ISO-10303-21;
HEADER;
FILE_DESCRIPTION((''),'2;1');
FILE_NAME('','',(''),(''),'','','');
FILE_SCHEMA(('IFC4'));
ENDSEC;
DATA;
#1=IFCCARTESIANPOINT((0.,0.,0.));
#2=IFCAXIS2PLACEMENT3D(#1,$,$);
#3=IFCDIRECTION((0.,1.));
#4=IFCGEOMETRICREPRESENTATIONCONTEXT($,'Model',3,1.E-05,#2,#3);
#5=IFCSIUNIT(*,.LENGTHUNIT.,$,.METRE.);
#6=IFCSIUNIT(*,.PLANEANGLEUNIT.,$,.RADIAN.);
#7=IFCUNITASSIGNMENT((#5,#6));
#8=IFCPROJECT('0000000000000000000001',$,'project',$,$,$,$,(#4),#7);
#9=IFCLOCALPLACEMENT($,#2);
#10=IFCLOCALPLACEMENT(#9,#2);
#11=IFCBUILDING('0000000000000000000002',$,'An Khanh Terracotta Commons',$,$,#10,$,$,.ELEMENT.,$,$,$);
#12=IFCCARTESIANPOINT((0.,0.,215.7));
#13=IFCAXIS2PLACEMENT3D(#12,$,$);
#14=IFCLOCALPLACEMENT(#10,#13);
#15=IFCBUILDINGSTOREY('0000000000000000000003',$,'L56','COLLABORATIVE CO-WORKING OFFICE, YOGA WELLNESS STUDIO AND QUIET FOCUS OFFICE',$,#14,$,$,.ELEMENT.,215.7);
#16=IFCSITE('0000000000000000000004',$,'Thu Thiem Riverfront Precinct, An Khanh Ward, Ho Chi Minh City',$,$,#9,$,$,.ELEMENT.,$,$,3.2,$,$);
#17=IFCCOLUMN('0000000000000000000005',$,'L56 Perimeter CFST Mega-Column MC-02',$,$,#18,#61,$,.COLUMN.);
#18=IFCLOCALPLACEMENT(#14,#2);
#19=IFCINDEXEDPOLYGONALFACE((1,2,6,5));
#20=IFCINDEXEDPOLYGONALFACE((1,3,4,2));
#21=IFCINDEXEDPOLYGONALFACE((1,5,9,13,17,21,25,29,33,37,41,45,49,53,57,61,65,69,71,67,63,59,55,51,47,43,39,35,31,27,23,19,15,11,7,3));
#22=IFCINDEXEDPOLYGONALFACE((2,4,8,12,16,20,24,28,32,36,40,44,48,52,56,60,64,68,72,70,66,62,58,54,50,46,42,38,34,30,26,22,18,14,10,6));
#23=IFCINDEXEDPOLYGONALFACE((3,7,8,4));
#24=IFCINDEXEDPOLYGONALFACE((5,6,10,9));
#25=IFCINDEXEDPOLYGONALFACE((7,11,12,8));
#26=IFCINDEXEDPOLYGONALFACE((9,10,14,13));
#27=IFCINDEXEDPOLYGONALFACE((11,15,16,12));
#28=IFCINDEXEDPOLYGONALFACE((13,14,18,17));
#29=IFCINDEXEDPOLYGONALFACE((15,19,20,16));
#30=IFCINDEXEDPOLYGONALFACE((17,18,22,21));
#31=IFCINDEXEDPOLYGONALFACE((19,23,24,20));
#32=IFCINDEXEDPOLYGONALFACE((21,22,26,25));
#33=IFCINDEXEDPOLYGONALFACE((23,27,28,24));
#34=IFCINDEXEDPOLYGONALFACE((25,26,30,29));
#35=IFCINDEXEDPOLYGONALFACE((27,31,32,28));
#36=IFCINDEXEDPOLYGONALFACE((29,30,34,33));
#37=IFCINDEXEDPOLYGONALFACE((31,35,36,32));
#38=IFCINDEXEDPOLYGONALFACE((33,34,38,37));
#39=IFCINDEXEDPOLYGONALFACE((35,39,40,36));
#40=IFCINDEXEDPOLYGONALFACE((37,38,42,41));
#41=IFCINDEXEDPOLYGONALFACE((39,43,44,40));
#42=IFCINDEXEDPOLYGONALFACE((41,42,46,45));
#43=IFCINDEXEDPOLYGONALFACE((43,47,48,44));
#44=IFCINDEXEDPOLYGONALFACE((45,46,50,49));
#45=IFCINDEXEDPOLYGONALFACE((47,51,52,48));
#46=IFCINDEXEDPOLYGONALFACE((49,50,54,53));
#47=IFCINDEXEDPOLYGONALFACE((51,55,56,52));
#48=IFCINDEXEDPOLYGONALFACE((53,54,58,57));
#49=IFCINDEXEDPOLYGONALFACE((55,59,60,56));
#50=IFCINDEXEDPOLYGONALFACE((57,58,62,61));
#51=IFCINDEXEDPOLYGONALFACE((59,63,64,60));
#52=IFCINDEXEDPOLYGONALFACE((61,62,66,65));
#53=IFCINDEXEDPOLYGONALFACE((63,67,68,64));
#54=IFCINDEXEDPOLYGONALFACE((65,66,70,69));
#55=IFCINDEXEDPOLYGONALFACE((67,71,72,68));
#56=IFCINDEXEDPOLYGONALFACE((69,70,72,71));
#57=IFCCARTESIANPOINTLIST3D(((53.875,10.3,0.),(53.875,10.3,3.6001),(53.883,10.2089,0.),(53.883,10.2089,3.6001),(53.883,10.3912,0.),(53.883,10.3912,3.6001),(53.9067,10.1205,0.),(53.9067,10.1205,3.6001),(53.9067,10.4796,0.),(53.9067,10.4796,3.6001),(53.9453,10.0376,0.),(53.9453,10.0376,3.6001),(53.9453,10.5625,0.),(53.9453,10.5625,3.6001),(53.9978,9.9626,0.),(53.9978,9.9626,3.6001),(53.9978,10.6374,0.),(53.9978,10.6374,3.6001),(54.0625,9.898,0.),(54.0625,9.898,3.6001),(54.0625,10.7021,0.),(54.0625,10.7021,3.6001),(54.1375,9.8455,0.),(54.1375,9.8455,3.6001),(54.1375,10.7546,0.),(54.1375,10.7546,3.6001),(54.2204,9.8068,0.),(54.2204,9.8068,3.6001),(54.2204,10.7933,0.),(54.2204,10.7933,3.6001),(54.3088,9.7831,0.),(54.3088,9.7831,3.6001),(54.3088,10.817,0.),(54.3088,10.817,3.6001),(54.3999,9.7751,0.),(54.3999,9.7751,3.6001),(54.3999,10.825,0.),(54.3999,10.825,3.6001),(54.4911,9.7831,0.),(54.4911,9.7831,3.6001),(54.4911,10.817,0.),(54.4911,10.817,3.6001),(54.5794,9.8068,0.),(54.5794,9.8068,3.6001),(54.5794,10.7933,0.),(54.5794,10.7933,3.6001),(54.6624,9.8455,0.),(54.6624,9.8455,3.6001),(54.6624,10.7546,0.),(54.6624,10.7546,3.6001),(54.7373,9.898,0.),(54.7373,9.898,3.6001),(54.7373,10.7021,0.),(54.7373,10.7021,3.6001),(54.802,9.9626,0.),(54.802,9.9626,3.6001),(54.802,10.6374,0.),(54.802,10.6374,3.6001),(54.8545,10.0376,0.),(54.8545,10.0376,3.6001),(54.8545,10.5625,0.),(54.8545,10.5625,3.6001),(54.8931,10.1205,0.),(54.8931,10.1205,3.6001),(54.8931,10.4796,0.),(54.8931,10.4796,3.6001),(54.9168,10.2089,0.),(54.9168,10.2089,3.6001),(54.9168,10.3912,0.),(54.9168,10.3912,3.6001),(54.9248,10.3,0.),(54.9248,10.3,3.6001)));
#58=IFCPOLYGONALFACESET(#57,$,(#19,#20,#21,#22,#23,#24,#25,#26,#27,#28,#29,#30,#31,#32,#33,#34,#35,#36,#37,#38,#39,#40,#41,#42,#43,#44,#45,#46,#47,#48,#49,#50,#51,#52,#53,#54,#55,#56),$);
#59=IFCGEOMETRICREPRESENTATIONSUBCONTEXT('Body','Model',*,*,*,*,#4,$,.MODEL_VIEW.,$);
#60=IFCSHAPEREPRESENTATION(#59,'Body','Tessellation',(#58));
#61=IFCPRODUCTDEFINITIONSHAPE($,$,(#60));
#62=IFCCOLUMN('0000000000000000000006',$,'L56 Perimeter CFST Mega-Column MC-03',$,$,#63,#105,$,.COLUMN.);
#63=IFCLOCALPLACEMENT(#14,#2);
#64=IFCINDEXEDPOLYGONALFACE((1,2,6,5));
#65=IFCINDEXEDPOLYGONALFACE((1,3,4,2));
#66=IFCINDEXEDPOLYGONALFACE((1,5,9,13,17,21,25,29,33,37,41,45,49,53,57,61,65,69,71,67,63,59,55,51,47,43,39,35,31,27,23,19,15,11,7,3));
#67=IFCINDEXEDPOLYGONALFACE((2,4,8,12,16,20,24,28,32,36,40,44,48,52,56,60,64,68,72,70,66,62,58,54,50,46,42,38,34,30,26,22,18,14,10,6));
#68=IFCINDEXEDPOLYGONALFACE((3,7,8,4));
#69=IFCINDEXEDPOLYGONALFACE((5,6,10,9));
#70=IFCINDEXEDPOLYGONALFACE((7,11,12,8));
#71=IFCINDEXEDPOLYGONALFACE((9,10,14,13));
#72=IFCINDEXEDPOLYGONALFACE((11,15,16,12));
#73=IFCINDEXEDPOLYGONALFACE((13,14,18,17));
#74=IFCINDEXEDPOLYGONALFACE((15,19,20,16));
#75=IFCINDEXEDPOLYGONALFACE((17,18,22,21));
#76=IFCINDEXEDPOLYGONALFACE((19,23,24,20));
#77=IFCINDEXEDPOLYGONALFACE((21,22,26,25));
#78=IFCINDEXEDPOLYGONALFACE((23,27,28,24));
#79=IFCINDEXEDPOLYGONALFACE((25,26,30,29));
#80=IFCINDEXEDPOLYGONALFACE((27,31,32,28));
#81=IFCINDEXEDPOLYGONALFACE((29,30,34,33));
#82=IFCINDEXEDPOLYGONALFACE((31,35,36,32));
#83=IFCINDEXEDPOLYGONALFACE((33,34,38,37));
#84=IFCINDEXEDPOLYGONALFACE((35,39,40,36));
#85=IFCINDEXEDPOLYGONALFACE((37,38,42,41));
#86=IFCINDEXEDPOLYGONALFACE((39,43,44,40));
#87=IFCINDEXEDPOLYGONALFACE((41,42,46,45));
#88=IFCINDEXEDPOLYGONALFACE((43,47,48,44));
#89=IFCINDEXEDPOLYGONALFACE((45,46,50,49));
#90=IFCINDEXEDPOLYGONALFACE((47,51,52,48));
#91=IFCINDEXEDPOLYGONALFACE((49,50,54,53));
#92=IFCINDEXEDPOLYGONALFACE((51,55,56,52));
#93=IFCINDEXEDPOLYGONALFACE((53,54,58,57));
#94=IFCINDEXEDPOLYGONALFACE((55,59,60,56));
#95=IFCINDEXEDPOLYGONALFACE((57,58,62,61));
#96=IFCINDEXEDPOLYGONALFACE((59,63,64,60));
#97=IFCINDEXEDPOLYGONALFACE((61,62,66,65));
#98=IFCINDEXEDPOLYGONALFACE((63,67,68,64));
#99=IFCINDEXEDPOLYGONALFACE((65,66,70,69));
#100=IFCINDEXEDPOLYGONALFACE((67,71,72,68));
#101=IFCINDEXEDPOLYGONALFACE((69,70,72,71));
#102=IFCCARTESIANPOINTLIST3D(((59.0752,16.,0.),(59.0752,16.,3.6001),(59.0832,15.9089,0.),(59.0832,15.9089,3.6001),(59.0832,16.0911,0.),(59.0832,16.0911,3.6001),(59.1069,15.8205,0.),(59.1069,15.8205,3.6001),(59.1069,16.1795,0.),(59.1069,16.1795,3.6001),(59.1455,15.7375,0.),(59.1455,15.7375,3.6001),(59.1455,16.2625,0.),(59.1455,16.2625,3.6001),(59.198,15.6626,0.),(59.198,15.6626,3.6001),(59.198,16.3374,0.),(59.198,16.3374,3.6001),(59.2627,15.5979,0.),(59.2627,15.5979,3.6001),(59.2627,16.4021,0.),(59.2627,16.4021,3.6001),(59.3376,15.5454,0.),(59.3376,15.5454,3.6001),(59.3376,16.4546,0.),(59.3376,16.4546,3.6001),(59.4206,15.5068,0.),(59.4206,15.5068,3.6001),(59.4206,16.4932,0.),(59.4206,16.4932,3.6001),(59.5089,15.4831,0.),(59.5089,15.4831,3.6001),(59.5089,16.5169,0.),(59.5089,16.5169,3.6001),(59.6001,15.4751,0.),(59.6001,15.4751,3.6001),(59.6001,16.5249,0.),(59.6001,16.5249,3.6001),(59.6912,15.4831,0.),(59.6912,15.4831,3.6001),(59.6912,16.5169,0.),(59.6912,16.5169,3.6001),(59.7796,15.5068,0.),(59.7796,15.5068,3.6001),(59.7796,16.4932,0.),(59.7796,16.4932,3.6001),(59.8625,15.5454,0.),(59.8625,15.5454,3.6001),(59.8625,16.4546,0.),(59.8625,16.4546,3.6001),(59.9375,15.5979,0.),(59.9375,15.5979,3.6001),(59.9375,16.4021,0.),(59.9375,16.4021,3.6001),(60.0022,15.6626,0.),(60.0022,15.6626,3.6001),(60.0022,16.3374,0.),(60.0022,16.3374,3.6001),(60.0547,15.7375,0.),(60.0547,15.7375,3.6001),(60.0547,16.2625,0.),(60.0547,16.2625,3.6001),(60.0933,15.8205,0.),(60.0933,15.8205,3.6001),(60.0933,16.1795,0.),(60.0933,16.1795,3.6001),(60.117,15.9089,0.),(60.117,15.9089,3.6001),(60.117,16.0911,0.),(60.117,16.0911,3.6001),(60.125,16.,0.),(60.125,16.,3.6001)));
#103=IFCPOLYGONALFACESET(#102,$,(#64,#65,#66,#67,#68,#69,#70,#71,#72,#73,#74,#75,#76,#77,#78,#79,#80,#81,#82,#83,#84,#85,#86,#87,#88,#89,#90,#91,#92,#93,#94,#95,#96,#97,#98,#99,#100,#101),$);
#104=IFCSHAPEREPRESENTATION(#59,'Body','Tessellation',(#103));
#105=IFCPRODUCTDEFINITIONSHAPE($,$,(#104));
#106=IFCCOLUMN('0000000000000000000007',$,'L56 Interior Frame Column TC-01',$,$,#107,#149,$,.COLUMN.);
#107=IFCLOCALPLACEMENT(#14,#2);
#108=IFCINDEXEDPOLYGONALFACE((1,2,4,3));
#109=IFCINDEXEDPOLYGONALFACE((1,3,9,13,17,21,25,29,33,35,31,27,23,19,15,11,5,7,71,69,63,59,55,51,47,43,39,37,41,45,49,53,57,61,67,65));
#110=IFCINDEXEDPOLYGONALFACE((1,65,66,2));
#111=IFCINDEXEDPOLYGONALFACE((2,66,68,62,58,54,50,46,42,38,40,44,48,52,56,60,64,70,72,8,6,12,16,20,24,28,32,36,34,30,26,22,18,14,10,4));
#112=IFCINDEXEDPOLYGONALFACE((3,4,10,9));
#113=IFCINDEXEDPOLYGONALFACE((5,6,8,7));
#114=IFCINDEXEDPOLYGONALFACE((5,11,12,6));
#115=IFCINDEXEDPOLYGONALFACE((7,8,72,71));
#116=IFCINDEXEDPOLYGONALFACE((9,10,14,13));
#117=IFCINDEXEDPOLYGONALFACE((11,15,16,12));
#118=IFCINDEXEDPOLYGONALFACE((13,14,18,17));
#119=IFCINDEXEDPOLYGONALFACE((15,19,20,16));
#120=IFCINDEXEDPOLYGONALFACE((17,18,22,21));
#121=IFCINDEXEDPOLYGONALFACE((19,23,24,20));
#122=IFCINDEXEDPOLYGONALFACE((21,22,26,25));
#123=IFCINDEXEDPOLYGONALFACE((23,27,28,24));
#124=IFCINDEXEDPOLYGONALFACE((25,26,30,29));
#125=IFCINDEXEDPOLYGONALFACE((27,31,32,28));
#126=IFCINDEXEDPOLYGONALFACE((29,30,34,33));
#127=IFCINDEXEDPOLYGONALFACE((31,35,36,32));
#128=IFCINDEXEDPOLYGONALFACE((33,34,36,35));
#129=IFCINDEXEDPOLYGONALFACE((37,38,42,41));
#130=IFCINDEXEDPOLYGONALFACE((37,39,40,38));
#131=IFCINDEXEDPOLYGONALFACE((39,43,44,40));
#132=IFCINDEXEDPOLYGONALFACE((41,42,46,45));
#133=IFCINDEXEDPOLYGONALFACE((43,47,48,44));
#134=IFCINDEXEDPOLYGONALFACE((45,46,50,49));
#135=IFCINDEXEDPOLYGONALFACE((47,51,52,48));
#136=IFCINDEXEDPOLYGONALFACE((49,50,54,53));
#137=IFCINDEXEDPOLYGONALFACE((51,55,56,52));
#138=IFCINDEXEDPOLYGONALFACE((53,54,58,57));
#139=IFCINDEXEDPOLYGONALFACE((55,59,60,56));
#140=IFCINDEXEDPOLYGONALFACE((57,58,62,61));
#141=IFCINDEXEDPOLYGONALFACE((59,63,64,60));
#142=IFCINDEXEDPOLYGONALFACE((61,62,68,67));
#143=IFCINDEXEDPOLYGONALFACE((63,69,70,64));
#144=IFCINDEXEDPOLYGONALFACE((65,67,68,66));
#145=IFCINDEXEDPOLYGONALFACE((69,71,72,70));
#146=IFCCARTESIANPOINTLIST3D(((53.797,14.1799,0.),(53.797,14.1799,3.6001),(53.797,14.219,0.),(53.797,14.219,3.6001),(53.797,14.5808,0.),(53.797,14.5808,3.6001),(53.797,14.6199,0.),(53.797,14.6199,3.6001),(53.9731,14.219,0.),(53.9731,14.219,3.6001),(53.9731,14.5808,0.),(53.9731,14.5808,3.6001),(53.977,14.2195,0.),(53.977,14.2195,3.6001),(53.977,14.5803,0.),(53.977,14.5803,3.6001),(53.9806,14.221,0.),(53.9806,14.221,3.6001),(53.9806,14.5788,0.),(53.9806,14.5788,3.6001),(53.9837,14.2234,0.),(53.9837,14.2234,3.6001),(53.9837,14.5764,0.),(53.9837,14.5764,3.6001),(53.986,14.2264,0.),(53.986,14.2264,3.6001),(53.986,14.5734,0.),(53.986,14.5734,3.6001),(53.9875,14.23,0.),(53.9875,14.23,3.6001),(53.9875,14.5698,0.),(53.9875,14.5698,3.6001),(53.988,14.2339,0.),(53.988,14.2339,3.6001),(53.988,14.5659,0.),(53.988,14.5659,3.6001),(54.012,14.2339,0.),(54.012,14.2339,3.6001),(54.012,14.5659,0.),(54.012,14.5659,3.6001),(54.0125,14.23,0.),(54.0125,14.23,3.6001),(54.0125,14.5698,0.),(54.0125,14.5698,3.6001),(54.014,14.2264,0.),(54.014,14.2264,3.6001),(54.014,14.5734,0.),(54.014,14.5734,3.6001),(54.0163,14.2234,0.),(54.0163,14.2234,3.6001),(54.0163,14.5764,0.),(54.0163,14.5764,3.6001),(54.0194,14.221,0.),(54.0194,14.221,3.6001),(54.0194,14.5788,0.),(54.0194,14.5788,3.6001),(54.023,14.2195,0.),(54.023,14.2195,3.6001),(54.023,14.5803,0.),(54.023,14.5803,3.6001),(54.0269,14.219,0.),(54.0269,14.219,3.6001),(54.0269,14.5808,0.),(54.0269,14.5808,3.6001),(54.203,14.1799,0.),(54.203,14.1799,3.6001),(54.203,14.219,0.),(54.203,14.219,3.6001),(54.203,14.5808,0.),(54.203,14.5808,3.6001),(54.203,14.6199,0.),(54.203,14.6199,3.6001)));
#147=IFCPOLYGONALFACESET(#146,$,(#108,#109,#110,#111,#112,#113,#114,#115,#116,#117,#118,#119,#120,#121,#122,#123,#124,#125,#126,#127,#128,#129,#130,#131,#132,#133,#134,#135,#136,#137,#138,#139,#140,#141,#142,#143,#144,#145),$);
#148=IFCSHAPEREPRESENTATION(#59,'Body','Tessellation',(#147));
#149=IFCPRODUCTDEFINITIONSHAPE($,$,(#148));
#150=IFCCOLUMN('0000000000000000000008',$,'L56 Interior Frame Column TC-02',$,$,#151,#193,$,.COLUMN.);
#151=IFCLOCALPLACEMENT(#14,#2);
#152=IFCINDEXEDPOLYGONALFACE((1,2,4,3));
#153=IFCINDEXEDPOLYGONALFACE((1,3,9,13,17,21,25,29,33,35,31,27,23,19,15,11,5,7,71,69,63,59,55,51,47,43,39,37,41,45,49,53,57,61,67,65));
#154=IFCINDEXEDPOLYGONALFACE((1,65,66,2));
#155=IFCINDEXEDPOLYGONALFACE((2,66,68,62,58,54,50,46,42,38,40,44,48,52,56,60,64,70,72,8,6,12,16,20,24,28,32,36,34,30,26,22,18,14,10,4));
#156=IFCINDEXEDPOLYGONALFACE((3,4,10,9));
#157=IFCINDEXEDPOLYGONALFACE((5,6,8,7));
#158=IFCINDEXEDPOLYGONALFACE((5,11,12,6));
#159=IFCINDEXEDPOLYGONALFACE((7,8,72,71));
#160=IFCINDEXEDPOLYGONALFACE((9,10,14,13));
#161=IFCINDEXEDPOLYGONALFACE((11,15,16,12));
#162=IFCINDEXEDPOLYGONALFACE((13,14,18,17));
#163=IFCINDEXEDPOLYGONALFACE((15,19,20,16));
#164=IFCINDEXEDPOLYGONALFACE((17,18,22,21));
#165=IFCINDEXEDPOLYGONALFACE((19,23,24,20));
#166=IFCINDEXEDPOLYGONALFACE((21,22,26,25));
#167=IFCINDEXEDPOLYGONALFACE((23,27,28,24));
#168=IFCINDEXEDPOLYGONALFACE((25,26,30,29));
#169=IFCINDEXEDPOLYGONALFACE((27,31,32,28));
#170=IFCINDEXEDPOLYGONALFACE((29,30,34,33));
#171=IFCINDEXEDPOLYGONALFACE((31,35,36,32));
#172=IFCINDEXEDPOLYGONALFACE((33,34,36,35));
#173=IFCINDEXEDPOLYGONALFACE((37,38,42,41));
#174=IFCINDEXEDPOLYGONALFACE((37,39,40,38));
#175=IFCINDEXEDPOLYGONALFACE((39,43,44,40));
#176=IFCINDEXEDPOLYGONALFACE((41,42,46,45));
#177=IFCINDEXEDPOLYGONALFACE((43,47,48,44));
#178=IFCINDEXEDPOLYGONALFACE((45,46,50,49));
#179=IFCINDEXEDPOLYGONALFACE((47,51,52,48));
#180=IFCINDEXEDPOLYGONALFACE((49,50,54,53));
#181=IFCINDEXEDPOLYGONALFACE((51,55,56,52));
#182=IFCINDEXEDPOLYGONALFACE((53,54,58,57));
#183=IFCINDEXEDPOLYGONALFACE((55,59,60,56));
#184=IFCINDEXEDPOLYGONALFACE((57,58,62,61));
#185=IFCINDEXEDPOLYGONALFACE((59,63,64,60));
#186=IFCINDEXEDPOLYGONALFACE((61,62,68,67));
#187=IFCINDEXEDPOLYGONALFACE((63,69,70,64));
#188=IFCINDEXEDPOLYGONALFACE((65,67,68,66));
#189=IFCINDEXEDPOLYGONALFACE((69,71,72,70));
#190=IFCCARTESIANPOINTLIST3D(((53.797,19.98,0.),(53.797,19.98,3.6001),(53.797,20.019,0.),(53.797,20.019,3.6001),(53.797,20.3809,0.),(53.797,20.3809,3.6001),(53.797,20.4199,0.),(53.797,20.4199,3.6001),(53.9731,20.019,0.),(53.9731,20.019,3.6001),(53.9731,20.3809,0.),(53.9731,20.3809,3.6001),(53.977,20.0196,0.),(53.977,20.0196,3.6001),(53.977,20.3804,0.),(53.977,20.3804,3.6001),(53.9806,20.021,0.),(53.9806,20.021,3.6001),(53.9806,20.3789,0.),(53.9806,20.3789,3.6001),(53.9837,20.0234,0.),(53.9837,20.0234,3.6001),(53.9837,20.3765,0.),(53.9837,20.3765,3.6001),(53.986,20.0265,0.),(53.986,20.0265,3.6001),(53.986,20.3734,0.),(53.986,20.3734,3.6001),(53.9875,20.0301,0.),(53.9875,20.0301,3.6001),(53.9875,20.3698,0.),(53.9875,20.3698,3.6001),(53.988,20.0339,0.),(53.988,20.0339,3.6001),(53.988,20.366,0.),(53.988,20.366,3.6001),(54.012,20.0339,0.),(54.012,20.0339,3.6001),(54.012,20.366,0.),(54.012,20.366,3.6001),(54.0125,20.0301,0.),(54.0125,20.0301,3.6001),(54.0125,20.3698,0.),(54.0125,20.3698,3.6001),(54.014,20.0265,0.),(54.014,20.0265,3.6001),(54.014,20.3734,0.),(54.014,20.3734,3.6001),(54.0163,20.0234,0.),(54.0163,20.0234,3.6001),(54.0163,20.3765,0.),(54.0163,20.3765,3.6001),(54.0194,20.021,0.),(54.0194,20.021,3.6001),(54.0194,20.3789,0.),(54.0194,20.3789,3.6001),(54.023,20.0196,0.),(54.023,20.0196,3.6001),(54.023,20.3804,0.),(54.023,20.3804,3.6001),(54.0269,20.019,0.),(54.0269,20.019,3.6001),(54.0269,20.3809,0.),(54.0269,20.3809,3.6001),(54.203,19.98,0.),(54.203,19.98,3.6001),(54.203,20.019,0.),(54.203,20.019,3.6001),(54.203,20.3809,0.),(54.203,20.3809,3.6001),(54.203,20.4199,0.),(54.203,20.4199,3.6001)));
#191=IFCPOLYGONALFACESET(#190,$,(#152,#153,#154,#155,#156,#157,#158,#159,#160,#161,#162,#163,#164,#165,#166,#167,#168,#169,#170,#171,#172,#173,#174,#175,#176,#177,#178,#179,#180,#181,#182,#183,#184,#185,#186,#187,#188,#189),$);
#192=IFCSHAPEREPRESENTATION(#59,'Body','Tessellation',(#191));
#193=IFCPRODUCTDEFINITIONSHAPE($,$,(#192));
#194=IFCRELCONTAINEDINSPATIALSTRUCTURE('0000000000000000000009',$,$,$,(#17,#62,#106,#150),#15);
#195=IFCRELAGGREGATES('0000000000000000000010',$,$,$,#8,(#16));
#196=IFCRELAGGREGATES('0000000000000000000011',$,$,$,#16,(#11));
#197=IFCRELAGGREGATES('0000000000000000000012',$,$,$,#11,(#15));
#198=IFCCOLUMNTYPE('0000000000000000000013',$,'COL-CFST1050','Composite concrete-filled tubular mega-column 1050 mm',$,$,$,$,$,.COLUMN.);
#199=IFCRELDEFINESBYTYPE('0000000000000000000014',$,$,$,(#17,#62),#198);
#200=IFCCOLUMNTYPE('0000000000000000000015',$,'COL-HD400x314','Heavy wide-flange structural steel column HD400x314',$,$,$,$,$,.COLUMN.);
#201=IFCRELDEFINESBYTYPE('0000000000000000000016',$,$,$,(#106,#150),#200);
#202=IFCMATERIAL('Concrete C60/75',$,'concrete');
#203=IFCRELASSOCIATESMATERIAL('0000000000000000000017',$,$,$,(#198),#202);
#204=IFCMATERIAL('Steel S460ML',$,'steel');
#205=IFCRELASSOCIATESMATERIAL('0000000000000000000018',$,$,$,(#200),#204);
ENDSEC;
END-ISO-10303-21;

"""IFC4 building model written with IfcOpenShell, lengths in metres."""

from ifc_helpers import new_model, si_unit, direction, frame, origin, origin_2d, place, context, subcontext, project, spatial, circle, i_section, extrude, material, material_profile, profile_set, type_object, element, save


model = new_model("IFC4")

# Units and contexts
model_context = context("Model", 3, precision=1e-05, world=origin(), true_north=direction((0.0, 1.0)))
body_context = subcontext(model_context, "Body", "Model", "MODEL_VIEW")
ifc_project = project(units=[si_unit("LENGTHUNIT", "METRE"), si_unit("PLANEANGLEUNIT", "RADIAN")], contexts=[model_context])

# Site, building, storey
site_placement = place(None, origin())
site = spatial("IfcSite", under=ifc_project, at=site_placement, Name="Thu Thiem Riverfront Precinct, An Khanh Ward, Ho Chi Minh City", CompositionType="ELEMENT", RefElevation=3.2)
building_placement = place(site_placement, origin())
building = spatial("IfcBuilding", under=site, at=building_placement, Name="An Khanh Terracotta Commons", CompositionType="ELEMENT")
storey_placement = place(building_placement, frame((0.0, 0.0, 215.7)))
storey = spatial("IfcBuildingStorey", under=building, at=storey_placement, Name="L56", Description="COLLABORATIVE CO-WORKING OFFICE, YOGA WELLNESS STUDIO AND QUIET FOCUS OFFICE", CompositionType="ELEMENT", Elevation=215.7)

# Columns
ifc_material_1 = material(Name="Concrete C60/75", Category="concrete")
ifc_material_profile_1 = material_profile(ifc_material_1, circle(Radius=0.5249, at=origin_2d()), Name="CFST1050")
ifc_profile_set_1 = profile_set([ifc_material_profile_1], Name="Concrete C60/75")
column_type_1 = type_object("IfcColumnType", Name="COL-CFST1050", Description="Composite concrete-filled tubular mega-column 1050 mm", PredefinedType="COLUMN", material=ifc_profile_set_1)
for number, where, z_axis, x_axis, name in (
    (1, (54.3999, 10.3, 0.0), (0.0, 0.0, 1.0), (1.0, 0.0, 0.0), "L56 Perimeter CFST Mega-Column MC-02"),
    (2, (59.6001, 16.0, 0.0), (0.0, 0.0, 1.0), (1.0, 0.0, 0.0), "L56 Perimeter CFST Mega-Column MC-03"),
):
    element("IfcColumn", number, at=place(storey_placement, frame(where, z_axis=z_axis, x_axis=x_axis)), inside=storey, type_object=column_type_1, Name=name, PredefinedType="COLUMN", context=body_context, shape_type="SweptSolid", body=[
        extrude(circle(Radius=0.5249, at=origin_2d()), origin(), (0.0, 0.0, 1.0), 3.6001),
    ])
ifc_material_2 = material(Name="Steel S460ML", Category="steel")
ifc_material_profile_2 = material_profile(ifc_material_2, i_section(OverallWidth=0.406, OverallDepth=0.4399, WebThickness=0.0239, FlangeThickness=0.0391, FilletRadius=0.0149, at=origin_2d()), Name="HD400x314")
ifc_profile_set_2 = profile_set([ifc_material_profile_2], Name="Steel S460ML")
column_type_2 = type_object("IfcColumnType", Name="COL-HD400x314", Description="Heavy wide-flange structural steel column HD400x314", PredefinedType="COLUMN", material=ifc_profile_set_2)
for number, where, z_axis, x_axis, name in (
    (3, (54.0, 14.3999, 0.0), (0.0, 0.0, 1.0), (1.0, 0.0, 0.0), "L56 Interior Frame Column TC-01"),
    (4, (54.0, 20.2, 0.0), (0.0, 0.0, 1.0), (1.0, 0.0, 0.0), "L56 Interior Frame Column TC-02"),
):
    element("IfcColumn", number, at=place(storey_placement, frame(where, z_axis=z_axis, x_axis=x_axis)), inside=storey, type_object=column_type_2, Name=name, PredefinedType="COLUMN", context=body_context, shape_type="SweptSolid", body=[
        extrude(i_section(OverallWidth=0.406, OverallDepth=0.4399, WebThickness=0.0239, FlangeThickness=0.0391, FilletRadius=0.0149, at=origin_2d()), origin(), (0.0, 0.0, 1.0), 3.6001),
    ])

save(model, "model.ifc")
